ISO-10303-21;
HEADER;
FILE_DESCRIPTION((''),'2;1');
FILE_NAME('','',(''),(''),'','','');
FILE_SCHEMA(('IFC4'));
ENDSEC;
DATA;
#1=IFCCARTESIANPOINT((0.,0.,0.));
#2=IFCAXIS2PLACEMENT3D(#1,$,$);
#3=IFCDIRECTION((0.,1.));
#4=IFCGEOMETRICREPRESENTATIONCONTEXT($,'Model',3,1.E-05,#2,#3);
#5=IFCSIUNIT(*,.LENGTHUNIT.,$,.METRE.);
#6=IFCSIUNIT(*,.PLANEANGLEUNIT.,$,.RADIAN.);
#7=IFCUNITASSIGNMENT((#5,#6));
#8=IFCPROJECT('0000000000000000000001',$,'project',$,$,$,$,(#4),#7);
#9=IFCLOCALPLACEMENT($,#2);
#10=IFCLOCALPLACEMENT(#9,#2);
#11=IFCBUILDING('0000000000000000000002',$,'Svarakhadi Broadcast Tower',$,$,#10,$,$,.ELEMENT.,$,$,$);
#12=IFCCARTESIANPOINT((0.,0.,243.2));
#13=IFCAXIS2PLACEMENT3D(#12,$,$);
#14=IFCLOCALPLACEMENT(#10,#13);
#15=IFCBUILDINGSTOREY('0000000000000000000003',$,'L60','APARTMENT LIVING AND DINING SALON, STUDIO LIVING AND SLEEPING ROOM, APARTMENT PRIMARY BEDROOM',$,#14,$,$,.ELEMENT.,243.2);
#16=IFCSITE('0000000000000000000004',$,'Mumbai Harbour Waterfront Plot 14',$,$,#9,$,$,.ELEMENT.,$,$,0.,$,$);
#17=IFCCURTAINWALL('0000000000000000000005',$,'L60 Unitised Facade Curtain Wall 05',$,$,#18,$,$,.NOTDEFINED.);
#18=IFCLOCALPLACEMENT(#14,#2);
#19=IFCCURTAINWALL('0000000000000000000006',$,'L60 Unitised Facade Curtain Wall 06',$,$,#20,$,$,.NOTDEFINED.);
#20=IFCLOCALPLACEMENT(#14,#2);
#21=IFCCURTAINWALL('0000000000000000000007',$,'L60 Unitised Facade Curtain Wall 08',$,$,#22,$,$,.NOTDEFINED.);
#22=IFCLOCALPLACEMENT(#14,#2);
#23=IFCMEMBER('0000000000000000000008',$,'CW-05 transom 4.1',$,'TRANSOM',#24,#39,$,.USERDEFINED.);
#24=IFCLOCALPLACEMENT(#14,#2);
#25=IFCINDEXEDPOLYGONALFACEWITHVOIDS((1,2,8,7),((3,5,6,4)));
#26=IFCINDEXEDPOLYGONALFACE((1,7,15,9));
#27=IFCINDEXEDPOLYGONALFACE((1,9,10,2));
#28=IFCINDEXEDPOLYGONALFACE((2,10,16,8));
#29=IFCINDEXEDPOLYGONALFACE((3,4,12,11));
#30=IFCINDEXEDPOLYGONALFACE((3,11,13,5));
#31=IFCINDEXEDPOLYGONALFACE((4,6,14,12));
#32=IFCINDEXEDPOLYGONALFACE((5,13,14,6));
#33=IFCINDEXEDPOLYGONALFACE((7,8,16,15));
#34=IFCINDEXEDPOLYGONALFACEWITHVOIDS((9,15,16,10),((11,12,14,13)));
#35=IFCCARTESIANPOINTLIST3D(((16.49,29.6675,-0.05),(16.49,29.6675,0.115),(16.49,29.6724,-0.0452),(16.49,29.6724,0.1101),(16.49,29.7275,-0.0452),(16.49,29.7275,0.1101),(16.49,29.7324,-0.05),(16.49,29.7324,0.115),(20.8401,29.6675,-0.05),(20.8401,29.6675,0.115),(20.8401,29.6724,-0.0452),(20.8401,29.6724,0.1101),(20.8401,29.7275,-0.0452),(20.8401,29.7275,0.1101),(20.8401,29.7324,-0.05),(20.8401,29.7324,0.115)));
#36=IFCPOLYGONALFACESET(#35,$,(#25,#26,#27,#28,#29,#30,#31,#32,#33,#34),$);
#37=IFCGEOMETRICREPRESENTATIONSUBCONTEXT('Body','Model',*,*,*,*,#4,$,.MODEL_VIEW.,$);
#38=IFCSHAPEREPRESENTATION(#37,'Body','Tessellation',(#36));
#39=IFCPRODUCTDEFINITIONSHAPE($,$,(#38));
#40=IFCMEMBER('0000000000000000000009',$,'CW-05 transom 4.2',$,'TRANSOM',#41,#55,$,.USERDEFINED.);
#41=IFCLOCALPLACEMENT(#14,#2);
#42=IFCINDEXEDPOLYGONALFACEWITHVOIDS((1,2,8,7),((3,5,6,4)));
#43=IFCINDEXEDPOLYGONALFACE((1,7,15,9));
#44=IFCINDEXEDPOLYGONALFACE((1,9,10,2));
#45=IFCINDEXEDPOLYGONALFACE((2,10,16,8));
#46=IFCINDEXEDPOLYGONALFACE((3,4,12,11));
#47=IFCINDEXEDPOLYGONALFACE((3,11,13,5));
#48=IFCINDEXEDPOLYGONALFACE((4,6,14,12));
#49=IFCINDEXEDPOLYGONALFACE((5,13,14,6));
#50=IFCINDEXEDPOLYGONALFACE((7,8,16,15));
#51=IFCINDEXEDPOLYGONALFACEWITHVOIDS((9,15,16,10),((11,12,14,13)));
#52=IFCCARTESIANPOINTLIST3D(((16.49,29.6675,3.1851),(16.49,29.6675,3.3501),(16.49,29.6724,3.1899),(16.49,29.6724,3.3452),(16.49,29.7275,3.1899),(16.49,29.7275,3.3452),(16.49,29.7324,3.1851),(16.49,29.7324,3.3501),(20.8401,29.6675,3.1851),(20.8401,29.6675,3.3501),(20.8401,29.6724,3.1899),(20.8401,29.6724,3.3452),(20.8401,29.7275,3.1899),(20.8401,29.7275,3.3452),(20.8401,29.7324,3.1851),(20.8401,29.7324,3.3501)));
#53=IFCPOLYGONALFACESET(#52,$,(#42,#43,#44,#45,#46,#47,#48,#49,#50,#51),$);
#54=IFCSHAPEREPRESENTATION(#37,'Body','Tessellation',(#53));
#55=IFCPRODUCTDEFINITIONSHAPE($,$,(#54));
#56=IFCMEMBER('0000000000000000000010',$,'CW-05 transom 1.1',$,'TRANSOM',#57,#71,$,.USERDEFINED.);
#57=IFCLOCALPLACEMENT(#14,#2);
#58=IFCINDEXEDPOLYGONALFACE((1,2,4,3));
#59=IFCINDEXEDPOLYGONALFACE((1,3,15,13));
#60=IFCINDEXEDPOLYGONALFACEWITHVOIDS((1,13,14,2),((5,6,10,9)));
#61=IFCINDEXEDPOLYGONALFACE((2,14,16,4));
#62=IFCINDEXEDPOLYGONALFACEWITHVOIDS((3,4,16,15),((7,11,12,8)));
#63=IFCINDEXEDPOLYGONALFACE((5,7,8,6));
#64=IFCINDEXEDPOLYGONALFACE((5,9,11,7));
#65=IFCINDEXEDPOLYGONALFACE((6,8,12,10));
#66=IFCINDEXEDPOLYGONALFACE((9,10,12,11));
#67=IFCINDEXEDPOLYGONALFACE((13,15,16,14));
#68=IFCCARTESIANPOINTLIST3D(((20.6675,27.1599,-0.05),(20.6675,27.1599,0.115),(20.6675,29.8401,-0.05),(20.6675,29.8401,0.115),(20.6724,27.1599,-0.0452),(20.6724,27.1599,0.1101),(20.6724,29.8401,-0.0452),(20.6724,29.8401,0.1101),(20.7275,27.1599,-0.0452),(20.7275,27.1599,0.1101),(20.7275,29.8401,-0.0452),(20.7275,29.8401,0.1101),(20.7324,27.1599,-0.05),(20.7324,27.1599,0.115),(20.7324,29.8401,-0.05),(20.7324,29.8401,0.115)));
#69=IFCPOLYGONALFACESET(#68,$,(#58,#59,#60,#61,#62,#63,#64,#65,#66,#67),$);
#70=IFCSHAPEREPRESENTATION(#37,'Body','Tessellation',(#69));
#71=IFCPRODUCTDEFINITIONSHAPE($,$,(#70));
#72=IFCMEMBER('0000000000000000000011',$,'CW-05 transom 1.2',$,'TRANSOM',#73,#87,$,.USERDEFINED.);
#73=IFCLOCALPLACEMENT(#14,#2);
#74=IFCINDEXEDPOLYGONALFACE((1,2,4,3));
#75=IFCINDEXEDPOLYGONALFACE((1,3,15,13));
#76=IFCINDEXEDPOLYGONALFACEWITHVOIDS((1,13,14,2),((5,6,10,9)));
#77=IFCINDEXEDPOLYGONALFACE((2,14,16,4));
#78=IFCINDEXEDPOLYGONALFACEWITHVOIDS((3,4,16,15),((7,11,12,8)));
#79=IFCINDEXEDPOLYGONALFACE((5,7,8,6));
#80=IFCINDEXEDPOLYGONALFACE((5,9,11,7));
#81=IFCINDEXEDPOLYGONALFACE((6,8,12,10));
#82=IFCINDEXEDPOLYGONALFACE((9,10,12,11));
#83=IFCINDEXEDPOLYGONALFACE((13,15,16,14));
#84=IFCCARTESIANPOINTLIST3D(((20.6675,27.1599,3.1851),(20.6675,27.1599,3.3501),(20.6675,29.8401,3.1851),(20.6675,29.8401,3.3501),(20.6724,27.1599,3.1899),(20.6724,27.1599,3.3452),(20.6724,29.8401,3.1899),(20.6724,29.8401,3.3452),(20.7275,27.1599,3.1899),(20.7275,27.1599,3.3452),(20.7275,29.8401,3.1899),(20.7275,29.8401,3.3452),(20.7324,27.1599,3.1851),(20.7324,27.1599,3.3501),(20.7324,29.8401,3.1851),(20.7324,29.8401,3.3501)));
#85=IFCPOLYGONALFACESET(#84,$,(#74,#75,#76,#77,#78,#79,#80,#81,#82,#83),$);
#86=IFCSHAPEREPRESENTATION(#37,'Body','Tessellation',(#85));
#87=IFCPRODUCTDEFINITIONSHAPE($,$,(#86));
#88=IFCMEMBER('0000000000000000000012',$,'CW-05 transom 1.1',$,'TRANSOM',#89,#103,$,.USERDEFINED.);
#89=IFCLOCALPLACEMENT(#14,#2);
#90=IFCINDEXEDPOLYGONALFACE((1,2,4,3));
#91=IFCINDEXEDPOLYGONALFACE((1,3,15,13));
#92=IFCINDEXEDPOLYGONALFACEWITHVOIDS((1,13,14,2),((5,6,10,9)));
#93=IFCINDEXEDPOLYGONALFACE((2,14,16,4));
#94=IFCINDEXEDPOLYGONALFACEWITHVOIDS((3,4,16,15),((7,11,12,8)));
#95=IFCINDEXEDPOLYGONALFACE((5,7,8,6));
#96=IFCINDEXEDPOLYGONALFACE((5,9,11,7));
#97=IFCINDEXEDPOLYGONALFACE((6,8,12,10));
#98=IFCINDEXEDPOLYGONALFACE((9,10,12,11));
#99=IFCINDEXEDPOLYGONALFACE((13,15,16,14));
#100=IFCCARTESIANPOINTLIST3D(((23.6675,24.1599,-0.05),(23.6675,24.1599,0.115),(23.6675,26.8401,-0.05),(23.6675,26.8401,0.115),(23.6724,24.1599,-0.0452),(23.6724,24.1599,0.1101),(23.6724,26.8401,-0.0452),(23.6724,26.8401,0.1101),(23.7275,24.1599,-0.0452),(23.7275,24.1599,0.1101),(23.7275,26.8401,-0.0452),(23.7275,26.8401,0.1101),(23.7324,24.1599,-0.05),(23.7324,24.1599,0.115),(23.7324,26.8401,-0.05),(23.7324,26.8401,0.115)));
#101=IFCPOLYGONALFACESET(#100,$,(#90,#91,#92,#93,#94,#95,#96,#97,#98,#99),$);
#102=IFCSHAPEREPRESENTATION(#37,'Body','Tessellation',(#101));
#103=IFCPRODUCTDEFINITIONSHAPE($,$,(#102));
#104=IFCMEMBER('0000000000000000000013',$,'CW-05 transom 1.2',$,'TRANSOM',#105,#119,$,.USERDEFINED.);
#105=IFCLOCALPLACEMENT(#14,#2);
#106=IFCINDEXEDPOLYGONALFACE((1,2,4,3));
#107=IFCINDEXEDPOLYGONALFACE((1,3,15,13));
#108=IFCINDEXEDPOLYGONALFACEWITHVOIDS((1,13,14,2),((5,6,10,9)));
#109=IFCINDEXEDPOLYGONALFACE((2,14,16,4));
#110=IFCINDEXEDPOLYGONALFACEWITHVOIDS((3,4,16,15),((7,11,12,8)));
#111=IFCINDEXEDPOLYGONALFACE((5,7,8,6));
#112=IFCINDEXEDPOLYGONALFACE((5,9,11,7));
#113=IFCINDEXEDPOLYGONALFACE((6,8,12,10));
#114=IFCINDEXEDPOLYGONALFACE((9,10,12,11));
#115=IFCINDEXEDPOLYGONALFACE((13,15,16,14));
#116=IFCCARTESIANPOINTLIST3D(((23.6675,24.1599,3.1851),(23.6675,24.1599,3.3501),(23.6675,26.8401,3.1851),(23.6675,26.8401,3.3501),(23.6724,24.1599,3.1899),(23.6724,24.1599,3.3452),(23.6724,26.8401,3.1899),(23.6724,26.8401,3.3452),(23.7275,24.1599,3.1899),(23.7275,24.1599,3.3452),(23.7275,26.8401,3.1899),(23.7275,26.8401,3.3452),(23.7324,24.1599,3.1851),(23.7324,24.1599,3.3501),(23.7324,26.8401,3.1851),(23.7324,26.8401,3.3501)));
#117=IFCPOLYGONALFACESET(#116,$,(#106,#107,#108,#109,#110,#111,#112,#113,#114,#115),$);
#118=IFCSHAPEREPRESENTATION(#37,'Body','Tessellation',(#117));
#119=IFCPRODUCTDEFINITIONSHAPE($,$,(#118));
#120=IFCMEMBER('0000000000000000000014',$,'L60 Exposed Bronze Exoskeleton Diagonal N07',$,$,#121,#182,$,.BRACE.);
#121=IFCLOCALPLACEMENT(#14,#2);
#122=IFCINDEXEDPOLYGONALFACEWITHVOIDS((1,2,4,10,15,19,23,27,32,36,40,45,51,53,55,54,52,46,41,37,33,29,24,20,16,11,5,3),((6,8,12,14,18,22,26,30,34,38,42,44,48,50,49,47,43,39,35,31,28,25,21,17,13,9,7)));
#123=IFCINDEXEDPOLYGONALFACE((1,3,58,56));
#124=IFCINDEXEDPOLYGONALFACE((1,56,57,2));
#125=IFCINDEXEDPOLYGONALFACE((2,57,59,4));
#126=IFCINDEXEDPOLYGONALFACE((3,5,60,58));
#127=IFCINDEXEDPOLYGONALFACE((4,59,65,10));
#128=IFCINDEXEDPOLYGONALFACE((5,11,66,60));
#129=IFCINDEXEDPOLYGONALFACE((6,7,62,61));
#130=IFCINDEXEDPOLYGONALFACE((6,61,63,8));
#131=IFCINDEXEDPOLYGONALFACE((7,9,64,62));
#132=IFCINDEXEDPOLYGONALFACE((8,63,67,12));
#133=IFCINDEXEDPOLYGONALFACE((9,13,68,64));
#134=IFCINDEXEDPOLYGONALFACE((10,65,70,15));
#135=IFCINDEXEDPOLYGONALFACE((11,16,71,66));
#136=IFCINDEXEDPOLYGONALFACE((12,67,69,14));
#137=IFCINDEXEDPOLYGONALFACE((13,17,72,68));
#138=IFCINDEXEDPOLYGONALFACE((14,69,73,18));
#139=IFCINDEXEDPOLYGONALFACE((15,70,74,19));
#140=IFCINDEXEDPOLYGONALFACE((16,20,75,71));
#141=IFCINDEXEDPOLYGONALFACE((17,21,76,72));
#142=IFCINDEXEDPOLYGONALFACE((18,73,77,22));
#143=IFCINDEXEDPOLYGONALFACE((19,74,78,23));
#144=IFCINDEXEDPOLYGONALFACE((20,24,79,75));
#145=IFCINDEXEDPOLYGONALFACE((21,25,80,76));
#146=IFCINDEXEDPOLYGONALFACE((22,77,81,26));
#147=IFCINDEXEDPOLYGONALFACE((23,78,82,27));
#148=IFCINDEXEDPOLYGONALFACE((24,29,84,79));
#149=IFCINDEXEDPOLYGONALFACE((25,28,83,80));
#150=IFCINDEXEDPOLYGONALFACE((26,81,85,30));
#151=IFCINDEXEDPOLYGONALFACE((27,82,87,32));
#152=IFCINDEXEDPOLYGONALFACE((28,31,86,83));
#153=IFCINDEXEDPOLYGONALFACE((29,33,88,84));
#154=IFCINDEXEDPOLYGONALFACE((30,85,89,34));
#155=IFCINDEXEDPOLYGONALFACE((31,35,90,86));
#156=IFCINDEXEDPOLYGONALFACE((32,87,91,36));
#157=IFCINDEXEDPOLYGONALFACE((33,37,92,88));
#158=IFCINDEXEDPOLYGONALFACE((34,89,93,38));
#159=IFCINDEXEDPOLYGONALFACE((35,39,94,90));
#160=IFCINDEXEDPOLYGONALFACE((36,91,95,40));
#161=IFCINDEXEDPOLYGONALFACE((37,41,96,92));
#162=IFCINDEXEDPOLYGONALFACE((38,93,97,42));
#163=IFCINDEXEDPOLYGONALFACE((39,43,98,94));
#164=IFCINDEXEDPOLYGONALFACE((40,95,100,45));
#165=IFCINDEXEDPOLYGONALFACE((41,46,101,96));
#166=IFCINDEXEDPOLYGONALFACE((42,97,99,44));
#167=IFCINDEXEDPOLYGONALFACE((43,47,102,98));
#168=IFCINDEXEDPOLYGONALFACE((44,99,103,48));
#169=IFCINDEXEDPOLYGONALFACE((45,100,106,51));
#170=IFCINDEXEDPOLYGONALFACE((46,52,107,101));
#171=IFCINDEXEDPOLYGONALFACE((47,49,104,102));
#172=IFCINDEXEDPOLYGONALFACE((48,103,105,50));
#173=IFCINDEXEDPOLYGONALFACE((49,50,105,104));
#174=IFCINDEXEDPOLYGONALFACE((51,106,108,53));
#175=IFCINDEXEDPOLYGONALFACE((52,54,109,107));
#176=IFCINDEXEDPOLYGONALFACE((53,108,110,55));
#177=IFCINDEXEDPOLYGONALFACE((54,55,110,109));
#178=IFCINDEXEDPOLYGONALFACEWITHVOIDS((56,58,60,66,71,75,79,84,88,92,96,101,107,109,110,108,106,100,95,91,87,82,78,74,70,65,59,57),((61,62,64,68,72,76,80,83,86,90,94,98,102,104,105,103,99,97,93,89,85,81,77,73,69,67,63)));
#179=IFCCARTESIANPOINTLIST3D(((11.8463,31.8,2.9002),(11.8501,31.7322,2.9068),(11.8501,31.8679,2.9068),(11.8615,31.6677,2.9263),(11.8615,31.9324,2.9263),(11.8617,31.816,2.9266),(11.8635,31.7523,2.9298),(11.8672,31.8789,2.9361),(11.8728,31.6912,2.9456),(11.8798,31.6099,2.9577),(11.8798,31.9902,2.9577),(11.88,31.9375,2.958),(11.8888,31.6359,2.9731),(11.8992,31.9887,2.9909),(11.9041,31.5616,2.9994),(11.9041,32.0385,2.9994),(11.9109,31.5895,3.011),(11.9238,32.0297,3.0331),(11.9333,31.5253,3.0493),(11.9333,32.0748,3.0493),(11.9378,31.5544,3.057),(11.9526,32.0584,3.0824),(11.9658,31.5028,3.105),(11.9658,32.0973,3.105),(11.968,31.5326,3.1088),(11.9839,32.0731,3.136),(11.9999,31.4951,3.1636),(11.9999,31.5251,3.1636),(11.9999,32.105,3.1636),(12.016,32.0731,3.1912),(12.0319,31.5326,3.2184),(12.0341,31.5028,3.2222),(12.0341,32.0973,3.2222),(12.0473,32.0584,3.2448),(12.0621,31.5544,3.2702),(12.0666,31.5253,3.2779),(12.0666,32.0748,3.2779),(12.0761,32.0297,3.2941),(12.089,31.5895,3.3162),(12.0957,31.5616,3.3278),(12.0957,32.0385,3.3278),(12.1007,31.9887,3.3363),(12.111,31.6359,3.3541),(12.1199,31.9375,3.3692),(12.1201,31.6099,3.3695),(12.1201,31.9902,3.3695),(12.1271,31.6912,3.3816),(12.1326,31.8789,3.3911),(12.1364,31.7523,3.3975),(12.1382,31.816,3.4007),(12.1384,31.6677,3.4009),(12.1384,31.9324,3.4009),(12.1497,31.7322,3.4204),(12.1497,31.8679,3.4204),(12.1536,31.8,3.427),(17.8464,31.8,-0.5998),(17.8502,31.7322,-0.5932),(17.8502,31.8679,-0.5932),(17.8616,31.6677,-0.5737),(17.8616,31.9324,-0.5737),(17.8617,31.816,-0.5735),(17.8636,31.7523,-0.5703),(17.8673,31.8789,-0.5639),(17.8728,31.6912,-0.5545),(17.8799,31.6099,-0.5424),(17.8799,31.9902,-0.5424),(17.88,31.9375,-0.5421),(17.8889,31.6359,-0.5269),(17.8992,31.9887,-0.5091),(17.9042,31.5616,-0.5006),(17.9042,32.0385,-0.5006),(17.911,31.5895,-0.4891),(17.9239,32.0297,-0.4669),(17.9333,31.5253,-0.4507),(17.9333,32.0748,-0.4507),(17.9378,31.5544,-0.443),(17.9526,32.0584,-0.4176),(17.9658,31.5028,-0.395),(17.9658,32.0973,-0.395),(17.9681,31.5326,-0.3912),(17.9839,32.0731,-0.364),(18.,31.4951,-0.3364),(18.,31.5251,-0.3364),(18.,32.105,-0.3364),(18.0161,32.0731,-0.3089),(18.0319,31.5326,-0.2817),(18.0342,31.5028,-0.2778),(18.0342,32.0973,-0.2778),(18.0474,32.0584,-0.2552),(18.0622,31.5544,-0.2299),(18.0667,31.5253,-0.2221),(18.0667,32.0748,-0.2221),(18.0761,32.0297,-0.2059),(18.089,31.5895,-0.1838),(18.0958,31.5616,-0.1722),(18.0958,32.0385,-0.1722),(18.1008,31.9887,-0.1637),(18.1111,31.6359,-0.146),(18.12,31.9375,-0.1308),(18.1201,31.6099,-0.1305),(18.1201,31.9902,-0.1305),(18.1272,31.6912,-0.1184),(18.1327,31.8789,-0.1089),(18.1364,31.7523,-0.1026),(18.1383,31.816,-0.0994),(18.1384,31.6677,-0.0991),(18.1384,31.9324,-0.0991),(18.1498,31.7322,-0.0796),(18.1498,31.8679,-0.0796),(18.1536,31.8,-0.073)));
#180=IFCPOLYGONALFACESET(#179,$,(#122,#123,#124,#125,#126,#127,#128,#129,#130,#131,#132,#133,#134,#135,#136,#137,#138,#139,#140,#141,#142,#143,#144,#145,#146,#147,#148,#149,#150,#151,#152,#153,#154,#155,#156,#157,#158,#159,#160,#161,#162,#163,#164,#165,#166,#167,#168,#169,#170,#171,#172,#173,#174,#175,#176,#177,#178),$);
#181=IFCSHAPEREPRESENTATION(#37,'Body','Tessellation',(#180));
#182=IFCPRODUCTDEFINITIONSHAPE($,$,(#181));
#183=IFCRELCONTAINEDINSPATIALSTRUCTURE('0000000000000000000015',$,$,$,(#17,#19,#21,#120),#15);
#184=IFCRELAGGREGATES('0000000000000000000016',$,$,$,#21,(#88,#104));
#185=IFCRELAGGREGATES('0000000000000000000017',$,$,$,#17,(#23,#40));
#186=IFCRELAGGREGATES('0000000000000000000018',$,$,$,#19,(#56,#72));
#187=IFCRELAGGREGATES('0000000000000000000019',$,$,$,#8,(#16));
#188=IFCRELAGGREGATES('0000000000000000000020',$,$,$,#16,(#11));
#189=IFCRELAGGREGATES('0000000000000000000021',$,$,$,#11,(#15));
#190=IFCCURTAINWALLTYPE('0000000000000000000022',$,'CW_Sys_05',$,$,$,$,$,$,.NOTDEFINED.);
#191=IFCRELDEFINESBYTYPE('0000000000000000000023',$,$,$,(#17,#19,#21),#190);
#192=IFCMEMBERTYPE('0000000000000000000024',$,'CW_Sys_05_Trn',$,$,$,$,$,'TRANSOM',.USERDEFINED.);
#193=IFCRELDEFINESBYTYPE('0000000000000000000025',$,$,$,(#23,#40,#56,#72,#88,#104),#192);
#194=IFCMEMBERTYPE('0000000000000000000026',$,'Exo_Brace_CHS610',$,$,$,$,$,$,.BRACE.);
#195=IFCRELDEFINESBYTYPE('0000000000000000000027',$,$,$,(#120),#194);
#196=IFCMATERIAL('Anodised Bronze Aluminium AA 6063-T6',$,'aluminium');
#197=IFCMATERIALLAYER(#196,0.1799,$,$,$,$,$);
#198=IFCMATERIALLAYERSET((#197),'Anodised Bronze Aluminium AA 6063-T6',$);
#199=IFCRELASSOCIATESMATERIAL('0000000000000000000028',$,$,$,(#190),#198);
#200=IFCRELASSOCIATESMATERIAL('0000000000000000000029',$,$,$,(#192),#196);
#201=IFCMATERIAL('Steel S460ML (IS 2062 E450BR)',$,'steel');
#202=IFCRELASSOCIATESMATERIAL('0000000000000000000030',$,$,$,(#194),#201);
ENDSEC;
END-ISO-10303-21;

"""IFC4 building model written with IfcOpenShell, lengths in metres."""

from ifc_helpers import new_model, si_unit, direction, frame, origin, origin_2d, place, context, subcontext, project, spatial, hollow_rectangle, hollow_circle, extrude, material, layer, layer_set, material_profile, profile_set, type_object, element, aggregate, save


model = new_model("IFC4")

# Units and contexts
model_context = context("Model", 3, precision=1e-05, world=origin(), true_north=direction((0.0, 1.0)))
body_context = subcontext(model_context, "Body", "Model", "MODEL_VIEW")
ifc_project = project(units=[si_unit("LENGTHUNIT", "METRE"), si_unit("PLANEANGLEUNIT", "RADIAN")], contexts=[model_context])

# Site, building, storey
site_placement = place(None, origin())
site = spatial("IfcSite", under=ifc_project, at=site_placement, Name="Mumbai Harbour Waterfront Plot 14", CompositionType="ELEMENT", RefElevation=0.0)
building_placement = place(site_placement, origin())
building = spatial("IfcBuilding", under=site, at=building_placement, Name="Svarakhadi Broadcast Tower", CompositionType="ELEMENT")
storey_placement = place(building_placement, frame((0.0, 0.0, 243.2)))
storey = spatial("IfcBuildingStorey", under=building, at=storey_placement, Name="L60", Description="APARTMENT LIVING AND DINING SALON, STUDIO LIVING AND SLEEPING ROOM, APARTMENT PRIMARY BEDROOM", CompositionType="ELEMENT", Elevation=243.2)

# Shared definitions
ifc_material_1 = material(Name="Steel S460ML (IS 2062 E450BR)", Category="steel")

# Curtain walls
ifc_material_2 = material(Name="Anodised Bronze Aluminium AA 6063-T6", Category="aluminium")
ifc_layer_1 = layer(ifc_material_2, 0.1799)
ifc_layer_set_1 = layer_set([ifc_layer_1], Name="Anodised Bronze Aluminium AA 6063-T6")
curtain_wall_type = type_object("IfcCurtainWallType", Name="CW_Sys_05", PredefinedType="NOTDEFINED", material=ifc_layer_set_1)
curtain_wall_1_placement = place(storey_placement, origin())
curtain_wall_1 = element("IfcCurtainWall", 1, at=curtain_wall_1_placement, inside=storey, type_object=curtain_wall_type, Name="L60 Unitised Facade Curtain Wall 05", PredefinedType="NOTDEFINED")
curtain_wall_2_placement = place(storey_placement, origin())
curtain_wall_2 = element("IfcCurtainWall", 2, at=curtain_wall_2_placement, inside=storey, type_object=curtain_wall_type, Name="L60 Unitised Facade Curtain Wall 06", PredefinedType="NOTDEFINED")

# Curtain wall
curtain_wall_3_placement = place(storey_placement, origin())
curtain_wall_3 = element("IfcCurtainWall", 3, at=curtain_wall_3_placement, inside=storey, type_object=curtain_wall_type, Name="L60 Unitised Facade Curtain Wall 08", PredefinedType="NOTDEFINED")

# Members
ifc_material_profile_1 = material_profile(ifc_material_2, hollow_rectangle(XDim=0.0649, YDim=0.165, WallThickness=0.0049, at=origin_2d()), Name="ALU TRANSOM 165x65x5")
ifc_profile_set_1 = profile_set([ifc_material_profile_1], Name="Anodised Bronze Aluminium AA 6063-T6")
member_type_1 = type_object("IfcMemberType", Name="CW_Sys_05_Trn", ElementType="TRANSOM", PredefinedType="USERDEFINED", material=ifc_profile_set_1)
member_1_placement = place(storey_placement, frame((16.49, 29.7, 0.0325), z_axis=(1.0, 0.0, 0.0), x_axis=(0.0, 1.0, 0.0)))
member_1 = element("IfcMember", 4, at=member_1_placement, type_object=member_type_1, Name="CW-05 transom 4.1", ObjectType="TRANSOM", PredefinedType="USERDEFINED", context=body_context, shape_type="SweptSolid", body=[
    extrude(hollow_rectangle(XDim=0.0649, YDim=0.165, WallThickness=0.0049, at=origin_2d()), origin(), (0.0, 0.0, 1.0), 4.3501),
])
member_2_placement = place(storey_placement, frame((16.49, 29.7, 3.2676), z_axis=(1.0, 0.0, 0.0), x_axis=(0.0, 1.0, 0.0)))
member_2 = element("IfcMember", 5, at=member_2_placement, type_object=member_type_1, Name="CW-05 transom 4.2", ObjectType="TRANSOM", PredefinedType="USERDEFINED", context=body_context, shape_type="SweptSolid", body=[
    extrude(hollow_rectangle(XDim=0.0649, YDim=0.165, WallThickness=0.0049, at=origin_2d()), origin(), (0.0, 0.0, 1.0), 4.3501),
])
member_3_placement = place(storey_placement, frame((20.7, 29.8401, 0.0325), z_axis=(0.0, -1.0, 0.0), x_axis=(1.0, 0.0, 0.0)))
member_3 = element("IfcMember", 6, at=member_3_placement, type_object=member_type_1, Name="CW-05 transom 1.1", ObjectType="TRANSOM", PredefinedType="USERDEFINED", context=body_context, shape_type="SweptSolid", body=[
    extrude(hollow_rectangle(XDim=0.0649, YDim=0.165, WallThickness=0.0049, at=origin_2d()), origin(), (0.0, 0.0, 1.0), 2.6802),
])
member_4_placement = place(storey_placement, frame((20.7, 29.8401, 3.2676), z_axis=(0.0, -1.0, 0.0), x_axis=(1.0, 0.0, 0.0)))
member_4 = element("IfcMember", 7, at=member_4_placement, type_object=member_type_1, Name="CW-05 transom 1.2", ObjectType="TRANSOM", PredefinedType="USERDEFINED", context=body_context, shape_type="SweptSolid", body=[
    extrude(hollow_rectangle(XDim=0.0649, YDim=0.165, WallThickness=0.0049, at=origin_2d()), origin(), (0.0, 0.0, 1.0), 2.6802),
])
member_5_placement = place(storey_placement, frame((23.7, 26.8401, 0.0325), z_axis=(0.0, -1.0, 0.0), x_axis=(1.0, 0.0, 0.0)))
member_5 = element("IfcMember", 8, at=member_5_placement, type_object=member_type_1, Name="CW-05 transom 1.1", ObjectType="TRANSOM", PredefinedType="USERDEFINED", context=body_context, shape_type="SweptSolid", body=[
    extrude(hollow_rectangle(XDim=0.0649, YDim=0.165, WallThickness=0.0049, at=origin_2d()), origin(), (0.0, 0.0, 1.0), 2.6802),
])
member_6_placement = place(storey_placement, frame((23.7, 26.8401, 3.2676), z_axis=(0.0, -1.0, 0.0), x_axis=(1.0, 0.0, 0.0)))
member_6 = element("IfcMember", 9, at=member_6_placement, type_object=member_type_1, Name="CW-05 transom 1.2", ObjectType="TRANSOM", PredefinedType="USERDEFINED", context=body_context, shape_type="SweptSolid", body=[
    extrude(hollow_rectangle(XDim=0.0649, YDim=0.165, WallThickness=0.0049, at=origin_2d()), origin(), (0.0, 0.0, 1.0), 2.6802),
])
aggregate(curtain_wall_3, [member_5, member_6])

# Member
ifc_material_profile_2 = material_profile(ifc_material_1, hollow_circle(Radius=0.3049, WallThickness=0.03, at=origin_2d()), Name="CHS 610x30")
ifc_profile_set_2 = profile_set([ifc_material_profile_2], Name="Steel S460ML (IS 2062 E450BR)")
member_type_2 = type_object("IfcMemberType", Name="Exo_Brace_CHS610", PredefinedType="BRACE", material=ifc_profile_set_2)
member_7_placement = place(storey_placement, frame((18.0, 31.8, -0.3364), z_axis=(-0.863779, 0.0, 0.503871), x_axis=(0.0, -1.0, 0.0)))
element("IfcMember", 10, at=member_7_placement, inside=storey, type_object=member_type_2, Name="L60 Exposed Bronze Exoskeleton Diagonal N07", PredefinedType="BRACE", context=body_context, shape_type="SweptSolid", body=[
    extrude(hollow_circle(Radius=0.3049, WallThickness=0.03, at=origin_2d()), origin(), (0.0, 0.0, 1.0), 6.9463),
])

aggregate(curtain_wall_1, [member_1, member_2])
aggregate(curtain_wall_2, [member_3, member_4])

save(model, "model.ifc")
